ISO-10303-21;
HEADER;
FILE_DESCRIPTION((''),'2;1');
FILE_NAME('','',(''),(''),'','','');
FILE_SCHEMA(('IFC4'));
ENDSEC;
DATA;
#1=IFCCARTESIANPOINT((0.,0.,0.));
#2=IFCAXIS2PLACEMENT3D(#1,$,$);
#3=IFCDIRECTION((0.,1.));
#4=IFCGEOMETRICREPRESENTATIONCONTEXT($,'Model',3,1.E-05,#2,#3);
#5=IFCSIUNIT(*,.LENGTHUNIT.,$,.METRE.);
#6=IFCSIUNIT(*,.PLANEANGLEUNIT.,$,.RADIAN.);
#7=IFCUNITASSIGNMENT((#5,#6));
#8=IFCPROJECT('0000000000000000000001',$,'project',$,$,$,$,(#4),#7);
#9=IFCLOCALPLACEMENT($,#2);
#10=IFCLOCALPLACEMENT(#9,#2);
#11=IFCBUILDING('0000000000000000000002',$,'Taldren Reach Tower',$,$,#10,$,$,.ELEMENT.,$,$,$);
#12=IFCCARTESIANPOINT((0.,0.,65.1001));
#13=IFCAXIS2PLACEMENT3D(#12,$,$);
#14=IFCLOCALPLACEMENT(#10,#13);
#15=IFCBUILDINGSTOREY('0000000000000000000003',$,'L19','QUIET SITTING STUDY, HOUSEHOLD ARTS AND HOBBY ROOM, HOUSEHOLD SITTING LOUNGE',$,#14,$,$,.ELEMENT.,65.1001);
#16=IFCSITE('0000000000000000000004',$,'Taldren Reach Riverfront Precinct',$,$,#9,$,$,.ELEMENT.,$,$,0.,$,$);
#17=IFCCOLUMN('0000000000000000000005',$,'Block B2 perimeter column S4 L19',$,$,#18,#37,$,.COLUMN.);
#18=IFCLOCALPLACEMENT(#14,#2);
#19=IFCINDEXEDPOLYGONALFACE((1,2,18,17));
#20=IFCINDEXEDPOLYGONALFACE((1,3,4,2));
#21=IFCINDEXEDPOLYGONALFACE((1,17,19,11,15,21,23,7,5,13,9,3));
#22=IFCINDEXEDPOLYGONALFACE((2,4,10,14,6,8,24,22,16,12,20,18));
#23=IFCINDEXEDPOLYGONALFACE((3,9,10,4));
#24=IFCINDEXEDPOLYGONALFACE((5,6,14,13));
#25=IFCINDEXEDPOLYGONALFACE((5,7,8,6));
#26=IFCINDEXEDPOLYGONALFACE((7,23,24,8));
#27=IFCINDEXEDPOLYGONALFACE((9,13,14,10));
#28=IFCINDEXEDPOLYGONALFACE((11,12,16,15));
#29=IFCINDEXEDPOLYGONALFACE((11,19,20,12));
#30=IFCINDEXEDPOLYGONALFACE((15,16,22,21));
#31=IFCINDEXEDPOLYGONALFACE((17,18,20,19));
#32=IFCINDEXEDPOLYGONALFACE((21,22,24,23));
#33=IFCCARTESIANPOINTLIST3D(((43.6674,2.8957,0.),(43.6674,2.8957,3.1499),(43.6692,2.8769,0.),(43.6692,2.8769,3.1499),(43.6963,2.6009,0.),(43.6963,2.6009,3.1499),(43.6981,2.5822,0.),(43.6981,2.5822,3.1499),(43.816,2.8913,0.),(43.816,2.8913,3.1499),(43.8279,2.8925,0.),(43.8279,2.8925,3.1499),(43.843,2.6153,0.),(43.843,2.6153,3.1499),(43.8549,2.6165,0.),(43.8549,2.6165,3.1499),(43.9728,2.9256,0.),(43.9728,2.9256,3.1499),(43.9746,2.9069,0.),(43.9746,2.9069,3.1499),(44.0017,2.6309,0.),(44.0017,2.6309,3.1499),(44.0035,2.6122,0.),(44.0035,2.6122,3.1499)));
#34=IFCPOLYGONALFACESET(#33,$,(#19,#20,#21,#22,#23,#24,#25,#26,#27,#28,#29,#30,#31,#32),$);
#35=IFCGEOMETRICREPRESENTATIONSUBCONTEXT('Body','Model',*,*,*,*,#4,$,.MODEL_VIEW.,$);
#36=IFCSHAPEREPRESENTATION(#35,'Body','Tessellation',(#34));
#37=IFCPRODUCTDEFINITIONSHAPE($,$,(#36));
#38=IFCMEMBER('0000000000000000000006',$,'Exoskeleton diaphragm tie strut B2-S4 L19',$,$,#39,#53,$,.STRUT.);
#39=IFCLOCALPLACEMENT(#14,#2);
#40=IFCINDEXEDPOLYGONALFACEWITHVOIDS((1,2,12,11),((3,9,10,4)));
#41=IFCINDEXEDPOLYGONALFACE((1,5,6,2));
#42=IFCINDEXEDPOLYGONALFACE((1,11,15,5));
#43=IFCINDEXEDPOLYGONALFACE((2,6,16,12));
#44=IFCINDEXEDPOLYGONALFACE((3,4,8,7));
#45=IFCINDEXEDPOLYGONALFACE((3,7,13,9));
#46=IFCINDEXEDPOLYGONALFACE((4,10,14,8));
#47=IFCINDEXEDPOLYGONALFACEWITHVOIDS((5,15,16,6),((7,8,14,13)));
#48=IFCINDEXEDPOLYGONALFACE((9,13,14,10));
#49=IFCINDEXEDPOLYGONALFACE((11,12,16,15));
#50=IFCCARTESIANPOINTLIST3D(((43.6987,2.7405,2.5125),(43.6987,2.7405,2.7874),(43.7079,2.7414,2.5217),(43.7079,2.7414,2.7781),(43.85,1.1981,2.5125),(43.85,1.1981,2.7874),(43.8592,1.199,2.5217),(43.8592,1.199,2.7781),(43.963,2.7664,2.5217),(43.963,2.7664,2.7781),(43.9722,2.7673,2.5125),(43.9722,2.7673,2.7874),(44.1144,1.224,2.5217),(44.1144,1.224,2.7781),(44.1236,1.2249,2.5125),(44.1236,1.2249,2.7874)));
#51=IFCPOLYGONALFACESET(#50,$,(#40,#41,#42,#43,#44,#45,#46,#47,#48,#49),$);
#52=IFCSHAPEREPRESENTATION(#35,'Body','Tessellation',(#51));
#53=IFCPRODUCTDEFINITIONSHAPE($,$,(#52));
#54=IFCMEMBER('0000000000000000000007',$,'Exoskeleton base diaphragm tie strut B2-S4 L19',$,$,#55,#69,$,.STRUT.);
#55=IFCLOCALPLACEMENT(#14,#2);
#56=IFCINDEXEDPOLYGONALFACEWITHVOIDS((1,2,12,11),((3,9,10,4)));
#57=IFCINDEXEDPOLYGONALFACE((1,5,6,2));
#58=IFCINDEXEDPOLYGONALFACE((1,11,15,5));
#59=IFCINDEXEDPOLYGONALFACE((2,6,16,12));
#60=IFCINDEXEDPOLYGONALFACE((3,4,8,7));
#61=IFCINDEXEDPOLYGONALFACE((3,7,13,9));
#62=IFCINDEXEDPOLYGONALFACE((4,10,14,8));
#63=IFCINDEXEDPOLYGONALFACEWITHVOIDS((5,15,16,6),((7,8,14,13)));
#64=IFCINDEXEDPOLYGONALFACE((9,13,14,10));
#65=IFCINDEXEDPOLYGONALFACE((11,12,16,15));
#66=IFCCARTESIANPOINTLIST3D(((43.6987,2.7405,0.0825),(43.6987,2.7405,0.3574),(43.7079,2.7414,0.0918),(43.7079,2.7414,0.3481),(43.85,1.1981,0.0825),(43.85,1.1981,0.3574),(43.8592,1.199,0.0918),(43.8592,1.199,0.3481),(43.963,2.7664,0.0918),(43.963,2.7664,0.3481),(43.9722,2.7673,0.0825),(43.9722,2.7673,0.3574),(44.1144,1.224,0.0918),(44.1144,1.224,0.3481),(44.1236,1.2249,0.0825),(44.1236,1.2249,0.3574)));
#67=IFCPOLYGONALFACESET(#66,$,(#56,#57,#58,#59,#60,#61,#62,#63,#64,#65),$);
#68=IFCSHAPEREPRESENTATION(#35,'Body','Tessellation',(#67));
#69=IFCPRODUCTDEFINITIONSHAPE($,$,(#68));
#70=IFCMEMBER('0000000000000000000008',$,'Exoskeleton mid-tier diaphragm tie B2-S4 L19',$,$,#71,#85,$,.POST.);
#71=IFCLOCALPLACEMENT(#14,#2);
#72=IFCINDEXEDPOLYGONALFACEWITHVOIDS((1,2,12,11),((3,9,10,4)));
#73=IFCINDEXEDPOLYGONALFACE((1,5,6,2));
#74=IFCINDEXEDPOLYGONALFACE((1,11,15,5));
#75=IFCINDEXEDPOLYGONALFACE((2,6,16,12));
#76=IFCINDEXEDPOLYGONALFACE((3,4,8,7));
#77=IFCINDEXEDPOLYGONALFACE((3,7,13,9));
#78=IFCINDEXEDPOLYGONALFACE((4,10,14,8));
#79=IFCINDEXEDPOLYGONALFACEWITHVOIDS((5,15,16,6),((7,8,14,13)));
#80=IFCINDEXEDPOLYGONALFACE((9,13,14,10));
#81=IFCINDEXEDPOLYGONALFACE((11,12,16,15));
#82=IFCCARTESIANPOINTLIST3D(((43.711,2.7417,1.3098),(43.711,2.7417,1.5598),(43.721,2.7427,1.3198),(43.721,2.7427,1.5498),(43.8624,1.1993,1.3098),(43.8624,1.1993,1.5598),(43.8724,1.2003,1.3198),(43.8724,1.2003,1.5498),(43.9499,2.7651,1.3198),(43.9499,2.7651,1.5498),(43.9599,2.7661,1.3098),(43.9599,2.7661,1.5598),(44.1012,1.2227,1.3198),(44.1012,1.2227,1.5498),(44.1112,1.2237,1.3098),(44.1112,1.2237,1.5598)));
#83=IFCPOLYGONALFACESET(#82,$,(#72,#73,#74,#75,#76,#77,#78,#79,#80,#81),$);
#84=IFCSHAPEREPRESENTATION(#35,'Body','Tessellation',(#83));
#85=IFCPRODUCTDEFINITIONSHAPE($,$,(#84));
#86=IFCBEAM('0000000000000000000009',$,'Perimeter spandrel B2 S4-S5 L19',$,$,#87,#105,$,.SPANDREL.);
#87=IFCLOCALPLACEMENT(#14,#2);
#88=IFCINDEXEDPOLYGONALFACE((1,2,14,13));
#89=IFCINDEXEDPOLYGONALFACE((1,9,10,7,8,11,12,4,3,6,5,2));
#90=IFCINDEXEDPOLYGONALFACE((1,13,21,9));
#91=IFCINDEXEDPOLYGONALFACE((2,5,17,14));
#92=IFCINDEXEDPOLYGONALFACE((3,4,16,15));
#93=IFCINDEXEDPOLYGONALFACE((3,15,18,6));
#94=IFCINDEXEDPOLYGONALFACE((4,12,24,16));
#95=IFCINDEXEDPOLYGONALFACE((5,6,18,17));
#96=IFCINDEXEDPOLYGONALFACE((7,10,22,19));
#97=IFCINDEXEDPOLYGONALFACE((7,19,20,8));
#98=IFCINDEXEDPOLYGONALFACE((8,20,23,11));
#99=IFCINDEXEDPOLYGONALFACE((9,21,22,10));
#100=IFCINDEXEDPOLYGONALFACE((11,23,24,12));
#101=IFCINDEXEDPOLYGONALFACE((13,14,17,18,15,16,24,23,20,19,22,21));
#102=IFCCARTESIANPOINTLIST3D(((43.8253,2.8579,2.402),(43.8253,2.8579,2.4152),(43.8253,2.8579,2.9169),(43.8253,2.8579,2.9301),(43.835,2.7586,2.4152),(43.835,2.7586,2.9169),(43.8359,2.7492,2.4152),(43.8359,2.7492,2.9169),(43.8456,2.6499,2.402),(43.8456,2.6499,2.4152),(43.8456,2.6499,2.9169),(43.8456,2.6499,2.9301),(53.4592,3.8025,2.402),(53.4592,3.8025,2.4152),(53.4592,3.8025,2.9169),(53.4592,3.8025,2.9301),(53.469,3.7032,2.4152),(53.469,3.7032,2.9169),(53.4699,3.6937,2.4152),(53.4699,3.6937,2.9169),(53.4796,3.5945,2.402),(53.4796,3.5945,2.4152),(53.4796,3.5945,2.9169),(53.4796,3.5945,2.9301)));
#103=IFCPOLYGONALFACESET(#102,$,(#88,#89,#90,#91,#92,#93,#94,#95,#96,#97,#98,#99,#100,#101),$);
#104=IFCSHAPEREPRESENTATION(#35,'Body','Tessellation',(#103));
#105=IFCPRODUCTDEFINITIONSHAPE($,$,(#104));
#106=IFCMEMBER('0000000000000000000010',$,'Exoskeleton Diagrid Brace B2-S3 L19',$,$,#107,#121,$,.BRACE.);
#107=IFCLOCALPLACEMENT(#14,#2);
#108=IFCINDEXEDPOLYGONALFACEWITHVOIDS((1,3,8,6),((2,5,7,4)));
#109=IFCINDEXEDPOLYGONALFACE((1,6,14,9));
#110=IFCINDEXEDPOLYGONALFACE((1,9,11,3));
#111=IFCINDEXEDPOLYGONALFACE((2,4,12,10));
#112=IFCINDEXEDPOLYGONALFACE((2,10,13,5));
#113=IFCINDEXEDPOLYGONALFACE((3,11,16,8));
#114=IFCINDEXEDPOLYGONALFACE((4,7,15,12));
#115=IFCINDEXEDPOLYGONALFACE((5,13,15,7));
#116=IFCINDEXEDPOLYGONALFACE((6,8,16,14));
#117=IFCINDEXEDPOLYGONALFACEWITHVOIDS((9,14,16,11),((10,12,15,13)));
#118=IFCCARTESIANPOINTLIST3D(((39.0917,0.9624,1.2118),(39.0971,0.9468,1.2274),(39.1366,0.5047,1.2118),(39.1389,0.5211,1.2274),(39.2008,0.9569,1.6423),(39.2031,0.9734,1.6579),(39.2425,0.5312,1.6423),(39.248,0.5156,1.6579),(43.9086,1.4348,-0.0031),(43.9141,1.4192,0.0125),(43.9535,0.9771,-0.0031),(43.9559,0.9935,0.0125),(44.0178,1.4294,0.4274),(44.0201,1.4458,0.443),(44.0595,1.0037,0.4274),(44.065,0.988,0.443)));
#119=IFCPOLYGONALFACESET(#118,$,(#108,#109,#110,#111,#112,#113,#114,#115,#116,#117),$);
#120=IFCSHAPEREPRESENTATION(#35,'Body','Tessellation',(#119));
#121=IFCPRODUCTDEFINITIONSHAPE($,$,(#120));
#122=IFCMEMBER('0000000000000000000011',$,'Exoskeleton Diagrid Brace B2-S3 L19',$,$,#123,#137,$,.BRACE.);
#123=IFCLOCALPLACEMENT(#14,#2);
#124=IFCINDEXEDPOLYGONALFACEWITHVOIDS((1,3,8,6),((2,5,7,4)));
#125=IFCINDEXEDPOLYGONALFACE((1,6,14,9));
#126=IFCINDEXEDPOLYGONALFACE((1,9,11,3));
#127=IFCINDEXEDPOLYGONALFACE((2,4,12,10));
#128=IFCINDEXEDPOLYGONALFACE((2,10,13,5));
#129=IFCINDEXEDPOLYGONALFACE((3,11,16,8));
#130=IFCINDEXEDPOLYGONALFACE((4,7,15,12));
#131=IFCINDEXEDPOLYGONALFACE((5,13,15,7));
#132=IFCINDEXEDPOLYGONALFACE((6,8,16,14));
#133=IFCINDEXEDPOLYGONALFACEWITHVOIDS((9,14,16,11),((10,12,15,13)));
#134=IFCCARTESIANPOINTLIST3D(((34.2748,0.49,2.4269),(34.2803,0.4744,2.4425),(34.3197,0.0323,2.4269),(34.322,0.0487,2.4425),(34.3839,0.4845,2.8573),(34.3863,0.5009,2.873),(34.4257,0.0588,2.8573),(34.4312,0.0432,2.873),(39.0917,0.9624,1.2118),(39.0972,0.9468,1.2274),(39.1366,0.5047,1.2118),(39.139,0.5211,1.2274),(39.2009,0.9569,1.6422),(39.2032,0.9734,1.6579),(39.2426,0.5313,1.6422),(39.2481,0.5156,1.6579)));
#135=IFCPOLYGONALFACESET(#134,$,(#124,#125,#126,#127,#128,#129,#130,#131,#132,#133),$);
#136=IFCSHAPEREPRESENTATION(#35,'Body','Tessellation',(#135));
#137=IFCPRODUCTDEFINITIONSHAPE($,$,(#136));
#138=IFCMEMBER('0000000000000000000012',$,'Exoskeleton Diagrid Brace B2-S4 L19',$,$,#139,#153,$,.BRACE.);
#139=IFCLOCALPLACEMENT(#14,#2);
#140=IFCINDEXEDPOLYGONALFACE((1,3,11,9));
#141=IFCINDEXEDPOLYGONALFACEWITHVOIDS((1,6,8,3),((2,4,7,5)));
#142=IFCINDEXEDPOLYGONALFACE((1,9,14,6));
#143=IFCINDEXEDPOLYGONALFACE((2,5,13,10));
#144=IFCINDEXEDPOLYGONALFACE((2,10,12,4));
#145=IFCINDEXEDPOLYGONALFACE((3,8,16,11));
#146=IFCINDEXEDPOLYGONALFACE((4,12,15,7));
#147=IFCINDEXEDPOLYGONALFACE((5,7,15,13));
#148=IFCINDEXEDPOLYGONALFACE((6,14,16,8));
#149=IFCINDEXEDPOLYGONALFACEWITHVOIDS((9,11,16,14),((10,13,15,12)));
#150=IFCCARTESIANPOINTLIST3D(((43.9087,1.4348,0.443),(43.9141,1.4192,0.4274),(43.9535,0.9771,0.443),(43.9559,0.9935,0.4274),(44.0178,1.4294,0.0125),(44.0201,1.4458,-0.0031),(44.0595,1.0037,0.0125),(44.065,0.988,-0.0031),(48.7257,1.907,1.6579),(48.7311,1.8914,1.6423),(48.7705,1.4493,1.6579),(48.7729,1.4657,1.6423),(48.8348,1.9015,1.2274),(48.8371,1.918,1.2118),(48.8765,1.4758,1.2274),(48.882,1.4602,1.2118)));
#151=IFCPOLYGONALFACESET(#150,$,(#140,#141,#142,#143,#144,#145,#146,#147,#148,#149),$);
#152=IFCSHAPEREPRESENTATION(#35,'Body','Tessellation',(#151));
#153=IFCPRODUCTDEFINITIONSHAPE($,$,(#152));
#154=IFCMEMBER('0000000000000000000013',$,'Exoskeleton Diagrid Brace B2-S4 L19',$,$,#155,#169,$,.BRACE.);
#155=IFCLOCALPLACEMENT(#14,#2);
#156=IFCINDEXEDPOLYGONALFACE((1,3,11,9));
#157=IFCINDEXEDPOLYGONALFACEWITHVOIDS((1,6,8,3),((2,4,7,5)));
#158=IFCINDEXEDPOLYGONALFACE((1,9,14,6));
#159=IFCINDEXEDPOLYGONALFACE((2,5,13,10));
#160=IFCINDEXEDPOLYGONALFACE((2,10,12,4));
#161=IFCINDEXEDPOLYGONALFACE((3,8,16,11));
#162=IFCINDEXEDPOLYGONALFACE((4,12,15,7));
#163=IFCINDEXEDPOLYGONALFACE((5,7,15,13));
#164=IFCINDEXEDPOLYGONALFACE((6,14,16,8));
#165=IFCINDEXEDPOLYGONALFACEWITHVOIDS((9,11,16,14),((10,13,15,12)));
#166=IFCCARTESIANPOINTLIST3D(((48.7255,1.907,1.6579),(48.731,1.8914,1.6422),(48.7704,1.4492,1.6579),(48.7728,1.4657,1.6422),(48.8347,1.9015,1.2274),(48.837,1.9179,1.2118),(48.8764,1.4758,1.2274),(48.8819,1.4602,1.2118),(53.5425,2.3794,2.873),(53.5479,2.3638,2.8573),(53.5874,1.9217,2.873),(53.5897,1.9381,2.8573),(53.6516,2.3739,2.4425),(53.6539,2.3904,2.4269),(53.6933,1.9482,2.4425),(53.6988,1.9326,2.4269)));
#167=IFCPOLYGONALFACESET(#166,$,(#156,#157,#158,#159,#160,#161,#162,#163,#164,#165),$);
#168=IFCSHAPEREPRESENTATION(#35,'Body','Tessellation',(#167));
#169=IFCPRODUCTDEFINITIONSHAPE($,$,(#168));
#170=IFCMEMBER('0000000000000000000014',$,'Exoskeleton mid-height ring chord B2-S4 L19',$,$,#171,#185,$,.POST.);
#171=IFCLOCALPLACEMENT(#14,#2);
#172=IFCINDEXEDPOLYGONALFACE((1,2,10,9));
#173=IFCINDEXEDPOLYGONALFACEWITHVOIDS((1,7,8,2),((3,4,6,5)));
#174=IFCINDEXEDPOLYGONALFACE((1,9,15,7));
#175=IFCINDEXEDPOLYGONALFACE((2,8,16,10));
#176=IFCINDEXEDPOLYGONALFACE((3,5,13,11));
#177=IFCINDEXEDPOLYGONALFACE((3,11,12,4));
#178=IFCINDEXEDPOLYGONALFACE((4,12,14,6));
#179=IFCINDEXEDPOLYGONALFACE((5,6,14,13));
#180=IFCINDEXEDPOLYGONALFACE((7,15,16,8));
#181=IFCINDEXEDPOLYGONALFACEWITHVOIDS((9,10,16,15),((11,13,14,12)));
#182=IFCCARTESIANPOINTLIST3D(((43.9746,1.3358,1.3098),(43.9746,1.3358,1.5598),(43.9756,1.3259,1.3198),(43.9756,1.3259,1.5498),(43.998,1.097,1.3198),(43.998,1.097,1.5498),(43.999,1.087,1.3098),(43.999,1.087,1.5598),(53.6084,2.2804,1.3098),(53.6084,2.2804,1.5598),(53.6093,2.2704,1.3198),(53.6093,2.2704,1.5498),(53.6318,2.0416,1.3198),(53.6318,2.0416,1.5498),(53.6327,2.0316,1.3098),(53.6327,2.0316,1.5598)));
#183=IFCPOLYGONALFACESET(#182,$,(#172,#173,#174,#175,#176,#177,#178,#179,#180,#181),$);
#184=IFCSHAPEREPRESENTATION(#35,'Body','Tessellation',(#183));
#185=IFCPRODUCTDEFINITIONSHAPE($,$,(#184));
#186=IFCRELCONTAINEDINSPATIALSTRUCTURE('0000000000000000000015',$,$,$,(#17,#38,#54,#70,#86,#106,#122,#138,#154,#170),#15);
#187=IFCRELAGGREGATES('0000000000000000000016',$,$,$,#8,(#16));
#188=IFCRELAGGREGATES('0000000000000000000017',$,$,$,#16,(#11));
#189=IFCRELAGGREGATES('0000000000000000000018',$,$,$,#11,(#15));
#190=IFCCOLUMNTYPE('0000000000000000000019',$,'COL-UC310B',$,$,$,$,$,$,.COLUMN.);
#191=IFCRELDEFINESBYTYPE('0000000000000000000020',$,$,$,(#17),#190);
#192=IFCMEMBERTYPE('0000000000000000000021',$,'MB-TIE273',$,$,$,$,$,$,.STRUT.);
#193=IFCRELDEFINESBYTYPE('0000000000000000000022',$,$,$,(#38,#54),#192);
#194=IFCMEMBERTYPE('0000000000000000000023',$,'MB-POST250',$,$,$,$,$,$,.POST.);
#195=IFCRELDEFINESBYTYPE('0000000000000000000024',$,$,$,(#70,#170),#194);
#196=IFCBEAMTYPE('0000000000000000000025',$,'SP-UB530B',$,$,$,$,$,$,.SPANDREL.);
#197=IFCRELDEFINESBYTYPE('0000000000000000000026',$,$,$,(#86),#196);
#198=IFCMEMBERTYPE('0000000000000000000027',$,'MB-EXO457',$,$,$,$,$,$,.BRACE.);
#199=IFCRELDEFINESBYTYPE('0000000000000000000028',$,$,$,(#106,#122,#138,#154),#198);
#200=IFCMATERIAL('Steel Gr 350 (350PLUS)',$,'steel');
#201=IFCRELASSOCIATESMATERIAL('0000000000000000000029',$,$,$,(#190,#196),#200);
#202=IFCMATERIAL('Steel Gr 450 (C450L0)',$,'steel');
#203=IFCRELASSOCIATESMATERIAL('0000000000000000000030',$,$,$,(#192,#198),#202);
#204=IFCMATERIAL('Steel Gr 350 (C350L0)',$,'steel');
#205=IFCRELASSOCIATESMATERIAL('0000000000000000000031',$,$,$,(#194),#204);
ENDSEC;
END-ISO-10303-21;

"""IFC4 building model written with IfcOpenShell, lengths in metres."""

from ifc_helpers import new_model, si_unit, direction, frame, origin, origin_2d, place, context, subcontext, project, spatial, hollow_rectangle, i_section, extrude, source, transform, mapped, material, material_profile, profile_set, type_object, element, save


model = new_model("IFC4")

# Units and contexts
model_context = context("Model", 3, precision=1e-05, world=origin(), true_north=direction((0.0, 1.0)))
body_context = subcontext(model_context, "Body", "Model", "MODEL_VIEW")
ifc_project = project(units=[si_unit("LENGTHUNIT", "METRE"), si_unit("PLANEANGLEUNIT", "RADIAN")], contexts=[model_context])

# Site, building, storey
site_placement = place(None, origin())
site = spatial("IfcSite", under=ifc_project, at=site_placement, Name="Taldren Reach Riverfront Precinct", CompositionType="ELEMENT", RefElevation=0.0)
building_placement = place(site_placement, origin())
building = spatial("IfcBuilding", under=site, at=building_placement, Name="Taldren Reach Tower", CompositionType="ELEMENT")
storey_placement = place(building_placement, frame((0.0, 0.0, 65.1001)))
storey = spatial("IfcBuildingStorey", under=building, at=storey_placement, Name="L19", Description="QUIET SITTING STUDY, HOUSEHOLD ARTS AND HOBBY ROOM, HOUSEHOLD SITTING LOUNGE", CompositionType="ELEMENT", Elevation=65.1001)

# Column
ifc_material_1 = material(Name="Steel Gr 350 (350PLUS)", Category="steel")
ifc_material_profile_1 = material_profile(ifc_material_1, i_section(OverallWidth=0.3069, OverallDepth=0.3149, WebThickness=0.012, FlangeThickness=0.0188, at=origin_2d()), Name="310UC118")
ifc_profile_set_1 = profile_set([ifc_material_profile_1], Name="Steel Gr 350 (350PLUS)")
column_type = type_object("IfcColumnType", Name="COL-UC310B", PredefinedType="COLUMN", material=ifc_profile_set_1)
shared_shape_1 = source(origin(), body_context, "Body", "SweptSolid", [
    extrude(i_section(OverallWidth=0.3069, OverallDepth=0.3149, WebThickness=0.012, FlangeThickness=0.0188, at=origin_2d()), origin(), (0.0, 0.0, 1.0), 3.1499),
])
column_placement = place(storey_placement, frame((43.8354, 2.7539, 0.0), z_axis=(0.0, 0.0, 1.0), x_axis=(0.995227, 0.097583, 0.0)))
element("IfcColumn", 1, at=column_placement, inside=storey, type_object=column_type, Name="Block B2 perimeter column S4 L19", PredefinedType="COLUMN", context=body_context, shape_type="MappedRepresentation", body=[
    mapped(shared_shape_1, transform((0.0, 0.0, 0.0), scale=1.0)),
])

# Members
ifc_material_2 = material(Name="Steel Gr 450 (C450L0)", Category="steel")
ifc_material_profile_2 = material_profile(ifc_material_2, hollow_rectangle(XDim=0.2749, YDim=0.2749, WallThickness=0.0093, at=origin_2d()), Name="275x275x9.3SHS")
ifc_profile_set_2 = profile_set([ifc_material_profile_2], Name="Steel Gr 450 (C450L0)")
member_type_1 = type_object("IfcMemberType", Name="MB-TIE273", PredefinedType="STRUT", material=ifc_profile_set_2)
shared_shape_2 = source(origin(), body_context, "Body", "SweptSolid", [
    extrude(hollow_rectangle(XDim=0.2749, YDim=0.2749, WallThickness=0.0093, at=origin_2d()), origin(), (0.0, 0.0, 1.0), 1.5498),
])
for number, where, z_axis, x_axis, name in (
    (2, (43.8354, 2.7539, 2.6499), (0.097663, -0.99522, 0.0), (0.99522, 0.097663, 0.0), "Exoskeleton diaphragm tie strut B2-S4 L19"),
    (3, (43.8354, 2.7539, 0.22), (0.097663, -0.99522, 0.0), (0.99522, 0.097663, 0.0), "Exoskeleton base diaphragm tie strut B2-S4 L19"),
):
    element("IfcMember", number, at=place(storey_placement, frame(where, z_axis=z_axis, x_axis=x_axis)), inside=storey, type_object=member_type_1, Name=name, PredefinedType="STRUT", context=body_context, shape_type="MappedRepresentation", body=[
        mapped(shared_shape_2, transform((0.0, 0.0, 0.0), scale=1.0)),
    ])
ifc_material_3 = material(Name="Steel Gr 350 (C350L0)", Category="steel")
ifc_material_profile_3 = material_profile(ifc_material_3, hollow_rectangle(XDim=0.25, YDim=0.25, WallThickness=0.01, at=origin_2d()), Name="250x250x10.0SHS")
ifc_profile_set_3 = profile_set([ifc_material_profile_3], Name="Steel Gr 350 (C350L0)")
member_type_2 = type_object("IfcMemberType", Name="MB-POST250", PredefinedType="POST", material=ifc_profile_set_3)
shared_shape_3 = source(origin(), body_context, "Body", "SweptSolid", [
    extrude(hollow_rectangle(XDim=0.25, YDim=0.25, WallThickness=0.01, at=origin_2d()), origin(), (0.0, 0.0, 1.0), 1.5498),
])
member_1_placement = place(storey_placement, frame((43.8354, 2.7539, 1.4348), z_axis=(0.097663, -0.99522, 0.0), x_axis=(0.99522, 0.097663, 0.0)))
element("IfcMember", 4, at=member_1_placement, inside=storey, type_object=member_type_2, Name="Exoskeleton mid-tier diaphragm tie B2-S4 L19", PredefinedType="POST", context=body_context, shape_type="MappedRepresentation", body=[
    mapped(shared_shape_3, transform((0.0, 0.0, 0.0), scale=1.0)),
])

# Beam
ifc_material_profile_4 = material_profile(ifc_material_1, i_section(OverallWidth=0.209, OverallDepth=0.5281, WebThickness=0.0095, FlangeThickness=0.0132, at=origin_2d()), Name="530UB82.0")
ifc_profile_set_4 = profile_set([ifc_material_profile_4], Name="Steel Gr 350 (350PLUS)")
beam_type = type_object("IfcBeamType", Name="SP-UB530B", PredefinedType="SPANDREL", material=ifc_profile_set_4)
shared_shape_4 = source(origin(), body_context, "Body", "SweptSolid", [
    extrude(i_section(OverallWidth=0.209, OverallDepth=0.5281, WebThickness=0.0095, FlangeThickness=0.0132, at=origin_2d()), origin(), (0.0, 0.0, 1.0), 9.6802),
])
beam_placement = place(storey_placement, frame((43.8354, 2.7539, 2.666), z_axis=(0.995228, 0.097578, 0.0), x_axis=(-0.097578, 0.995228, 0.0)))
element("IfcBeam", 5, at=beam_placement, inside=storey, type_object=beam_type, Name="Perimeter spandrel B2 S4-S5 L19", PredefinedType="SPANDREL", context=body_context, shape_type="MappedRepresentation", body=[
    mapped(shared_shape_4, transform((0.0, 0.0, 0.0), scale=1.0)),
])

# Members
ifc_material_profile_5 = material_profile(ifc_material_2, hollow_rectangle(XDim=0.46, YDim=0.46, WallThickness=0.0161, at=origin_2d()), Name="460x460x16.0SHS")
ifc_profile_set_5 = profile_set([ifc_material_profile_5], Name="Steel Gr 450 (C450L0)")
member_type_3 = type_object("IfcMemberType", Name="MB-EXO457", PredefinedType="BRACE", material=ifc_profile_set_5)
shared_shape_5 = source(origin(), body_context, "Body", "SweptSolid", [
    extrude(hollow_rectangle(XDim=0.46, YDim=0.46, WallThickness=0.0161, at=origin_2d()), origin(), (0.0, 0.0, 1.0), 4.9902),
])
for number, where, z_axis, x_axis, name in (
    (6, (43.9868, 1.2114, 0.22), (-0.965283, -0.094669, 0.243449), (0.097606, -0.995225, 0.0), "Exoskeleton Diagrid Brace B2-S3 L19"),
    (7, (39.1699, 0.739, 1.4348), (-0.965271, -0.094668, 0.243495), (0.097606, -0.995225, 0.0), "Exoskeleton Diagrid Brace B2-S3 L19"),
    (8, (43.9868, 1.2114, 0.22), (0.965287, 0.094621, 0.24345), (-0.097556, 0.99523, 0.0), "Exoskeleton Diagrid Brace B2-S4 L19"),
    (9, (48.8037, 1.6836, 1.4348), (0.965271, 0.094668, 0.243495), (-0.097606, 0.995225, 0.0), "Exoskeleton Diagrid Brace B2-S4 L19"),
):
    element("IfcMember", number, at=place(storey_placement, frame(where, z_axis=z_axis, x_axis=x_axis)), inside=storey, type_object=member_type_3, Name=name, PredefinedType="BRACE", context=body_context, shape_type="MappedRepresentation", body=[
        mapped(shared_shape_5, transform((0.0, 0.0, 0.0), scale=1.0)),
    ])
shared_shape_6 = source(origin(), body_context, "Body", "SweptSolid", [
    extrude(hollow_rectangle(XDim=0.25, YDim=0.25, WallThickness=0.01, at=origin_2d()), origin(), (0.0, 0.0, 1.0), 9.6799),
])
for number, where, z_axis, x_axis, name in (
    (10, (43.9868, 1.2114, 1.4348), (0.995228, 0.097581, 0.0), (-0.097581, 0.995228, 0.0), "Exoskeleton mid-height ring chord B2-S4 L19"),
):
    element("IfcMember", number, at=place(storey_placement, frame(where, z_axis=z_axis, x_axis=x_axis)), inside=storey, type_object=member_type_2, Name=name, PredefinedType="POST", context=body_context, shape_type="MappedRepresentation", body=[
        mapped(shared_shape_6, transform((0.0, 0.0, 0.0), scale=1.0)),
    ])

save(model, "model.ifc")
